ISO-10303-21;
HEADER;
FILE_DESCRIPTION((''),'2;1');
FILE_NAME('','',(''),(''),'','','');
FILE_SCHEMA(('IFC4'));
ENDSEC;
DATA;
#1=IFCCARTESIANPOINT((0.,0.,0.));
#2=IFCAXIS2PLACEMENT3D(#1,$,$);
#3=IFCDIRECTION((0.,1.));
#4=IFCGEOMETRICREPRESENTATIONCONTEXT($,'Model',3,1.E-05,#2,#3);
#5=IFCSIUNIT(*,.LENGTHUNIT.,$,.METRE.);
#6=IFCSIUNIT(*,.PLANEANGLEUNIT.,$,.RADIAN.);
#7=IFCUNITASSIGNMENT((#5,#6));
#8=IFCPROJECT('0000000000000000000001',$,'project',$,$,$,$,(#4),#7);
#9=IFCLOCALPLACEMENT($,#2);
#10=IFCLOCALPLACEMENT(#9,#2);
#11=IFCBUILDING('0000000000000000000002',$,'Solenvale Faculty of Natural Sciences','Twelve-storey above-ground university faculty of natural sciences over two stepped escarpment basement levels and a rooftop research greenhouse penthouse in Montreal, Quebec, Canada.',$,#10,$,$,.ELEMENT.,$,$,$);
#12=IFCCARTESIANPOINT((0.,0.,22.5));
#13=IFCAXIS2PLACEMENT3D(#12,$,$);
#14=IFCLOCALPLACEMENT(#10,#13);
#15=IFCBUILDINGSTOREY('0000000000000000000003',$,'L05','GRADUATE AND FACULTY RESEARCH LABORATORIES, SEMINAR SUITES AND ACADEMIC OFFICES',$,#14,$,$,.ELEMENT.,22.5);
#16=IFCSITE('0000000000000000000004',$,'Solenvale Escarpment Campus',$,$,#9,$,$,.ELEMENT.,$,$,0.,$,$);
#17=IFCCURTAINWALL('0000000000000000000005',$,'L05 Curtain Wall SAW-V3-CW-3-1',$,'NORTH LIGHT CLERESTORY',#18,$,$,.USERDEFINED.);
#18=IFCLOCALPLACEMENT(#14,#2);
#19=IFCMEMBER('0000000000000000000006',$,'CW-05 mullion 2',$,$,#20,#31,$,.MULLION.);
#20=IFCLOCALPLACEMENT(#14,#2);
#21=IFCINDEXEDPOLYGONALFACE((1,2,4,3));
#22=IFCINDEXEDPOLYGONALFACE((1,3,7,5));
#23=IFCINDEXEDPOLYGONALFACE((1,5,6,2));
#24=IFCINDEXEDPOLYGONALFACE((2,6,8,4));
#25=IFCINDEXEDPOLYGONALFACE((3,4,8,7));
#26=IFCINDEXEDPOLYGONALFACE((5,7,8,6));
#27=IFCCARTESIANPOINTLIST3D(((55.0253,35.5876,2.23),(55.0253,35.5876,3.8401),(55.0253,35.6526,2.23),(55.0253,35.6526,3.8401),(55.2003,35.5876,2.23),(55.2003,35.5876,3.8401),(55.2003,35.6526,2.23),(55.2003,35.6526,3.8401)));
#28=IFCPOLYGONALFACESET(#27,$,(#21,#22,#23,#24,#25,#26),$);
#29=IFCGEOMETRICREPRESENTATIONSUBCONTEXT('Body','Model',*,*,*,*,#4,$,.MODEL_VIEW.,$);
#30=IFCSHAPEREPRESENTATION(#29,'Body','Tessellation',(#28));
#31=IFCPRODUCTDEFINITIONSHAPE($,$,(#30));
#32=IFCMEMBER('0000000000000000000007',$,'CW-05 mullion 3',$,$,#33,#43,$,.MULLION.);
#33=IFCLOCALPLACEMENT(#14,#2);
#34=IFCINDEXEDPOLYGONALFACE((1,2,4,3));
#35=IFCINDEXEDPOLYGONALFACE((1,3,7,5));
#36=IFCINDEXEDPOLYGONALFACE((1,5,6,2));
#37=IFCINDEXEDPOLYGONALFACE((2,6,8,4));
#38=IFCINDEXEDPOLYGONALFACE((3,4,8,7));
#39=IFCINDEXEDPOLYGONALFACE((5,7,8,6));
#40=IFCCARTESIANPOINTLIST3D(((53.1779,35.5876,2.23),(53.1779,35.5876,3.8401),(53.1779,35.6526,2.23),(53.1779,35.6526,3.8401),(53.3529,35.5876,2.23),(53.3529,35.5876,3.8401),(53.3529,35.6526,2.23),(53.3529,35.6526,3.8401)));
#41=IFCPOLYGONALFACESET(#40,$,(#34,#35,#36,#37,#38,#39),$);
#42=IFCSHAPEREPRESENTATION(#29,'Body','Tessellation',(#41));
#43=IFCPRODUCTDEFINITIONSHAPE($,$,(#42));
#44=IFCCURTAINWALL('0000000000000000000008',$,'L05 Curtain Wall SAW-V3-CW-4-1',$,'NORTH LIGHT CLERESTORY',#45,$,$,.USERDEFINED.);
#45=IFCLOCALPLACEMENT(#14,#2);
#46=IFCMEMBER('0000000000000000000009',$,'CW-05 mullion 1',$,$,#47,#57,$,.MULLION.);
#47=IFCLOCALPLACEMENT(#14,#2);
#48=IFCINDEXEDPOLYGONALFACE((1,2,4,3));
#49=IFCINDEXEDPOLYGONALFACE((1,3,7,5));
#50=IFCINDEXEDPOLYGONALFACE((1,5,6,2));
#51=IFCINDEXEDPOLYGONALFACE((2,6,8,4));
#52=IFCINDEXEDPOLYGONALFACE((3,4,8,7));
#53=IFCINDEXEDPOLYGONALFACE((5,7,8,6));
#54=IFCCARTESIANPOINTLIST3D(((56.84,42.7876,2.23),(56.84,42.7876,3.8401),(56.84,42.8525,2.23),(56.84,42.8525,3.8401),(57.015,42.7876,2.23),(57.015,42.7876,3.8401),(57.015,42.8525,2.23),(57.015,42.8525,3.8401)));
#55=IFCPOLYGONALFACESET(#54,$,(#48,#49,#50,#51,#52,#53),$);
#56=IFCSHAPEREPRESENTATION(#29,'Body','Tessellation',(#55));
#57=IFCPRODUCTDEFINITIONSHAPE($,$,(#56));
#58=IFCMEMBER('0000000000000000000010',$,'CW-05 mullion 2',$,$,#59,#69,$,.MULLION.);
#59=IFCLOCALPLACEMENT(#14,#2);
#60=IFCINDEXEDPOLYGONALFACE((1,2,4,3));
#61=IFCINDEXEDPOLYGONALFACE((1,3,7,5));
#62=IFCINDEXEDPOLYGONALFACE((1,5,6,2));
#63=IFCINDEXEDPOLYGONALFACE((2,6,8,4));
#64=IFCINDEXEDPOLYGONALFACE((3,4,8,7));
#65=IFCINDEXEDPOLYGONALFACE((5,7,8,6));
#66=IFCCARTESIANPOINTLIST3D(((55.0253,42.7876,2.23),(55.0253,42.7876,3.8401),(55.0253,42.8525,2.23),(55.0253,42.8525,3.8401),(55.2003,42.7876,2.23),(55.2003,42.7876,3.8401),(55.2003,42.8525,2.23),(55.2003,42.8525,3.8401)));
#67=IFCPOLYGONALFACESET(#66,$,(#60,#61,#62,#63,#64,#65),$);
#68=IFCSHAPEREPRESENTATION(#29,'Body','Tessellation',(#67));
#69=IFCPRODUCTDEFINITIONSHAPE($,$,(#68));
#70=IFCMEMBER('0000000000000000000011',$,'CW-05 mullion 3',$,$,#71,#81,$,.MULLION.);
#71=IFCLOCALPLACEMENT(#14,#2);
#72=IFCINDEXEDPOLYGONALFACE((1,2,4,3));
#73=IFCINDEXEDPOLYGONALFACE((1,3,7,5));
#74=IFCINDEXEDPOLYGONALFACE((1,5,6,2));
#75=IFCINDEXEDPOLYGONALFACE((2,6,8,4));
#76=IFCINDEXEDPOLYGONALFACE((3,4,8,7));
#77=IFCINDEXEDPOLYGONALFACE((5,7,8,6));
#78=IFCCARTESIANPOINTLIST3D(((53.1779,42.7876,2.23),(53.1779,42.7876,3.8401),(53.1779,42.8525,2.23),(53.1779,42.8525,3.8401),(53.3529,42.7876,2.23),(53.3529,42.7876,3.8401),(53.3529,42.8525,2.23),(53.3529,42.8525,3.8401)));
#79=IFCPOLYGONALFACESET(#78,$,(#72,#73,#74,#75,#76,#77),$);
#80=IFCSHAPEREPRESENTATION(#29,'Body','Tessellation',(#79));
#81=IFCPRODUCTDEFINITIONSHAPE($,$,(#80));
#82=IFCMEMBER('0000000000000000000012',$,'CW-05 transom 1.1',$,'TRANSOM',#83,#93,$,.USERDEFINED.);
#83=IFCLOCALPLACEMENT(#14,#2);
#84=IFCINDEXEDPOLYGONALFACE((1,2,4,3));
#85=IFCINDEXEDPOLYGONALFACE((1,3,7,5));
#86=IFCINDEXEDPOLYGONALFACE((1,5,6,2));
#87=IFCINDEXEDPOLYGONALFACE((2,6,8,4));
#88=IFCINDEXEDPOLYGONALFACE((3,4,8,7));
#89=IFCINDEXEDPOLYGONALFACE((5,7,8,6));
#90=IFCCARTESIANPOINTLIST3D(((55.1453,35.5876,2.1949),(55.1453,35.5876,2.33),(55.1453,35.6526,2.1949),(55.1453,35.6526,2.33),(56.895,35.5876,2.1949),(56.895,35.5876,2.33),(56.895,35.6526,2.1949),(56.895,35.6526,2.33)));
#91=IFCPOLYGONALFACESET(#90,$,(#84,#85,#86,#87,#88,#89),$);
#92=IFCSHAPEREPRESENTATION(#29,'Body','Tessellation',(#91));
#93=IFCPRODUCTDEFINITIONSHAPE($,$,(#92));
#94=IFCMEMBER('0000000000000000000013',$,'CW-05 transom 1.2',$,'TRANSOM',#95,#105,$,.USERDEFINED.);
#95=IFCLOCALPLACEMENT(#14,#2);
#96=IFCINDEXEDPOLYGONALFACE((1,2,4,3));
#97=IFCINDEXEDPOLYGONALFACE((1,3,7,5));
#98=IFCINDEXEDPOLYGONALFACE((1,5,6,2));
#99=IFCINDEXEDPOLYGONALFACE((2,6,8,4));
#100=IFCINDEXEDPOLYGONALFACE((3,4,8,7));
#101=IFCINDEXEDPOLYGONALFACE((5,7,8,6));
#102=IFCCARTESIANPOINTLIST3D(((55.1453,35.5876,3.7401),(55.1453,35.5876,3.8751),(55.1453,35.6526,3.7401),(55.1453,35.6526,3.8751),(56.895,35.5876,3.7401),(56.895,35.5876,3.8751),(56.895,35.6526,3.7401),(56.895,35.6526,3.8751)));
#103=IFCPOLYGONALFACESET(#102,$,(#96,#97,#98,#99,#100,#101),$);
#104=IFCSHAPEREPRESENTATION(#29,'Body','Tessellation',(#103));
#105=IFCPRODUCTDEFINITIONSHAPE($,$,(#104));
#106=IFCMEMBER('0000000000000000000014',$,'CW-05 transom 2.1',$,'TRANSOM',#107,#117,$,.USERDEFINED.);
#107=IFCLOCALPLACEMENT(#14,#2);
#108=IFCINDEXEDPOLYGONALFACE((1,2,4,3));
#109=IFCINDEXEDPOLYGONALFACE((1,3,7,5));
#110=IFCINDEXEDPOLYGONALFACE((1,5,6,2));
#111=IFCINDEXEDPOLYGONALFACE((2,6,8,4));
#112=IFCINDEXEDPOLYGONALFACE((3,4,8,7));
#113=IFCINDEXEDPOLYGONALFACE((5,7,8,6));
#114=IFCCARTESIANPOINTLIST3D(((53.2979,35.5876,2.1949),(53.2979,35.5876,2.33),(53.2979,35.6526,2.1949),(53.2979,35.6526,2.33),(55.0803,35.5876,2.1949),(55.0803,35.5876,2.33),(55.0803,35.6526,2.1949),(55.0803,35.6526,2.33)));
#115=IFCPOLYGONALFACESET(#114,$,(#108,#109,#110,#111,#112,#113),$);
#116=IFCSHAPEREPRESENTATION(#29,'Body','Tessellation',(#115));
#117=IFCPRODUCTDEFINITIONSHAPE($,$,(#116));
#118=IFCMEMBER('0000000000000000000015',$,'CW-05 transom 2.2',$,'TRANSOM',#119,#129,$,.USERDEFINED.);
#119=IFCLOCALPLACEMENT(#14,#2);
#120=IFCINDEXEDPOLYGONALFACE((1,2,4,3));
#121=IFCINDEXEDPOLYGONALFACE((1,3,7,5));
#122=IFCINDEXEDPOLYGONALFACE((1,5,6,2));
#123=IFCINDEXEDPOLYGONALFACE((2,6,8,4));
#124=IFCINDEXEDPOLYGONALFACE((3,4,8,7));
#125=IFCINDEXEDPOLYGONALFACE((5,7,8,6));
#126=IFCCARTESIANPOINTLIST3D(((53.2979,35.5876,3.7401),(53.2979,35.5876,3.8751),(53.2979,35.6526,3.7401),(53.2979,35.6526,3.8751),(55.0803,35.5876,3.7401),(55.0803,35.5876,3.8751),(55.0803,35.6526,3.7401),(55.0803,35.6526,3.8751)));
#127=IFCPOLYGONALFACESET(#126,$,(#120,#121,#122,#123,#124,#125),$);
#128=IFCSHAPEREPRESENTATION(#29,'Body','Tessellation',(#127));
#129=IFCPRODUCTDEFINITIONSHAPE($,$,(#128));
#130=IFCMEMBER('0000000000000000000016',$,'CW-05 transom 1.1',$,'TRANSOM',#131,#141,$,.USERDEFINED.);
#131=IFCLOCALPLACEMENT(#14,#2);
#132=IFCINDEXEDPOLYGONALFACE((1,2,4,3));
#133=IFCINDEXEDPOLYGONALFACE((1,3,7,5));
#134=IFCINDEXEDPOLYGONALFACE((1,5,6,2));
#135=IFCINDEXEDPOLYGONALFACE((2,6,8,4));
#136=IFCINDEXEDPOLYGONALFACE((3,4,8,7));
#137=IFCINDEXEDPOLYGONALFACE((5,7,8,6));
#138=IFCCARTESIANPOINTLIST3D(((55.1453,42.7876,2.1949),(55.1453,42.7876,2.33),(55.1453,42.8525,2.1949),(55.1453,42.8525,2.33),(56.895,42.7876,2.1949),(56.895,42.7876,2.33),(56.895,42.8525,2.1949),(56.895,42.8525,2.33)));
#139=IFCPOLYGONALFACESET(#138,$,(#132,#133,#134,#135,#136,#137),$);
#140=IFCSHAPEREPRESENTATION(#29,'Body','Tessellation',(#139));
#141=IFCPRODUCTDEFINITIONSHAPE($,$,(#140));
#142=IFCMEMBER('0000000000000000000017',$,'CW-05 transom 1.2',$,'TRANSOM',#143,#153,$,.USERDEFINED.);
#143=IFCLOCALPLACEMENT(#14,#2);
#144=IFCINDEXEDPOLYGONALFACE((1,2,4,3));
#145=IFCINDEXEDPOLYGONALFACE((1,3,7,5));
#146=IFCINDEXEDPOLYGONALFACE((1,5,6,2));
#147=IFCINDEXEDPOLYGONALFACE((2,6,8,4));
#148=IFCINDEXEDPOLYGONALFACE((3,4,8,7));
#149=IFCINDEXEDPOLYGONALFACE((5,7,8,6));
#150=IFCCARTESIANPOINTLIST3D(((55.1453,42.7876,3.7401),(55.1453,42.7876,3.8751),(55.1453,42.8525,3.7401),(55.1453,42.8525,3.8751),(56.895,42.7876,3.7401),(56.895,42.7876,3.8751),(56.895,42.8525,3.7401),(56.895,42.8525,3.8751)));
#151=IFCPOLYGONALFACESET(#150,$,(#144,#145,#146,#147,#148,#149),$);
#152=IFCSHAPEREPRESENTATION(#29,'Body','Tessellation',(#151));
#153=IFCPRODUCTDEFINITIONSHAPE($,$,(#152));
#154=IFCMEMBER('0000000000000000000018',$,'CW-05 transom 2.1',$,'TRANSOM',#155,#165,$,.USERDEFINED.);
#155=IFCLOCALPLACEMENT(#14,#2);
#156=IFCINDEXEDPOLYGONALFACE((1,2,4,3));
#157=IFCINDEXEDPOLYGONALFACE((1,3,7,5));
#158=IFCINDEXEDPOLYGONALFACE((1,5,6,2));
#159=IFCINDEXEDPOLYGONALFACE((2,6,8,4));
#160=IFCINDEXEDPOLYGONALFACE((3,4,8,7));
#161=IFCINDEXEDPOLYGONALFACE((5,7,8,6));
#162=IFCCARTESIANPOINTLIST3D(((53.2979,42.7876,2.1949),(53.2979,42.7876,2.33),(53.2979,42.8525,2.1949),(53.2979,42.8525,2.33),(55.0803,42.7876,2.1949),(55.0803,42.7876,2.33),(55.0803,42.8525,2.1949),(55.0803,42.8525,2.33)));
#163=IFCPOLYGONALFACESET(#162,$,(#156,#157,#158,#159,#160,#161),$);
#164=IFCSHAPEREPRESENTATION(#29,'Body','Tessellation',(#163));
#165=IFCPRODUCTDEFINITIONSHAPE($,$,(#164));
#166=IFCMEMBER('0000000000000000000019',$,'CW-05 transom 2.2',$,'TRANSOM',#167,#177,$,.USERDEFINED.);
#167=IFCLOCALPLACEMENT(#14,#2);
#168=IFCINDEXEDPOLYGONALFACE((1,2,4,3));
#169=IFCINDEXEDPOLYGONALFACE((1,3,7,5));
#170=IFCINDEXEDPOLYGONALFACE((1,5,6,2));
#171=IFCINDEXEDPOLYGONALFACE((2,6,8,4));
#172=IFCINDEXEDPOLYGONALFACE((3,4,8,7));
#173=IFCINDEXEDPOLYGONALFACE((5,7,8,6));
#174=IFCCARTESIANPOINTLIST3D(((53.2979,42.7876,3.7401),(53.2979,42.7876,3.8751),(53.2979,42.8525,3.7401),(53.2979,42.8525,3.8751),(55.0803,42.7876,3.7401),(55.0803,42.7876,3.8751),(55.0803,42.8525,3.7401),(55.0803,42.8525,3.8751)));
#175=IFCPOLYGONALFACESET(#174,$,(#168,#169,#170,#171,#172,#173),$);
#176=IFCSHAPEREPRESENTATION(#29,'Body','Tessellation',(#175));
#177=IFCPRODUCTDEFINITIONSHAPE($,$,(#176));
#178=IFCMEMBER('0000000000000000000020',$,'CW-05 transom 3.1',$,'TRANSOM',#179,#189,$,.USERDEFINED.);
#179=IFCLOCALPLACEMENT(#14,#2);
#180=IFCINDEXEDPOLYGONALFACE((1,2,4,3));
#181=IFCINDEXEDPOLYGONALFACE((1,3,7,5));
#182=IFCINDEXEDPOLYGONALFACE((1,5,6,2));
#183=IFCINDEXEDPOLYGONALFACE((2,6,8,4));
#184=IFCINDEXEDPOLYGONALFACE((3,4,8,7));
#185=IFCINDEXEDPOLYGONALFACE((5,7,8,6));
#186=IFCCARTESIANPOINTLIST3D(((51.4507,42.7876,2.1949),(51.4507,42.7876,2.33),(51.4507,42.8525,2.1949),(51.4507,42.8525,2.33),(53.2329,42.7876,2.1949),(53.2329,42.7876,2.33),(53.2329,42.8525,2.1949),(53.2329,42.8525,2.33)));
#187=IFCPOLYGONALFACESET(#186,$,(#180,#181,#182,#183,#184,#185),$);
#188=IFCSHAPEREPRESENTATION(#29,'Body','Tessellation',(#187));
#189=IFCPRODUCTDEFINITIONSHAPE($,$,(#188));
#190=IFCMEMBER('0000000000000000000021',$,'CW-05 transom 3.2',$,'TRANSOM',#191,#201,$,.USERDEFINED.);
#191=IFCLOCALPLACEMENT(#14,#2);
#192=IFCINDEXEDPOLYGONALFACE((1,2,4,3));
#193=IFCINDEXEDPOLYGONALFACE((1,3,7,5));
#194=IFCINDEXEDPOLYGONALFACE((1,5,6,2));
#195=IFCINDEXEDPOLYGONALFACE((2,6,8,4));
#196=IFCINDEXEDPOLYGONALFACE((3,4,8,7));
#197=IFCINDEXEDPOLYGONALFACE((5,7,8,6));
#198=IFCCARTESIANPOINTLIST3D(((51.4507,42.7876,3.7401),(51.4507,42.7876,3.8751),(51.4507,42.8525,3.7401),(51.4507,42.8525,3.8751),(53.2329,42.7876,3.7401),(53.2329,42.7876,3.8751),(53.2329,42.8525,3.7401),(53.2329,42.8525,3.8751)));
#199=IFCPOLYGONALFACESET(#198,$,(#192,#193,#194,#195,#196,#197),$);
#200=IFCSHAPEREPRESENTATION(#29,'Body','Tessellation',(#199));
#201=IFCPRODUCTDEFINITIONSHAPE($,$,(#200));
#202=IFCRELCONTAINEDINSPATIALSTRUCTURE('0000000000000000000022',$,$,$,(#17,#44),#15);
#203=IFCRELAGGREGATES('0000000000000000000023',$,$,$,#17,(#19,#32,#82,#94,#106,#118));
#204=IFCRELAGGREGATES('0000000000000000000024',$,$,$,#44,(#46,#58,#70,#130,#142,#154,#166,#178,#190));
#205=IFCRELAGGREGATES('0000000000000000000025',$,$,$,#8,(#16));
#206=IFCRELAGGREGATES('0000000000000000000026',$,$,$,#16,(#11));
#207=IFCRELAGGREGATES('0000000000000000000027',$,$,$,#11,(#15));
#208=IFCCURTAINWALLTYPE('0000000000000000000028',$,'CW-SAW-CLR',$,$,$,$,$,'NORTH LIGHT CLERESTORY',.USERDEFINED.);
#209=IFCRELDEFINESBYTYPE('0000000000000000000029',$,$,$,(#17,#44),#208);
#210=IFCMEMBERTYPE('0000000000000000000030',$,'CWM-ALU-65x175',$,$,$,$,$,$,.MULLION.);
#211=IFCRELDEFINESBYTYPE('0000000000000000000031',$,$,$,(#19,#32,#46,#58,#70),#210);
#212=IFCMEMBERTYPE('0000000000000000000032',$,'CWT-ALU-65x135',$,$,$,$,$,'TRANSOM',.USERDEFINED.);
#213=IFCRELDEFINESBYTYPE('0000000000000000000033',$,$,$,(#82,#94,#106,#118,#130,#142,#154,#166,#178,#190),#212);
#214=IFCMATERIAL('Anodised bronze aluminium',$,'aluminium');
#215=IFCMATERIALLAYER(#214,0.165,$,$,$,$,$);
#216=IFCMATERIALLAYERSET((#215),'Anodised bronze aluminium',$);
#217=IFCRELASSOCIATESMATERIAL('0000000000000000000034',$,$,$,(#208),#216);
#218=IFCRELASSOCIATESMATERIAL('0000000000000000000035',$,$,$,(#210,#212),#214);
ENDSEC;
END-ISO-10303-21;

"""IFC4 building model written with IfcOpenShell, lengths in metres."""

from ifc_helpers import new_model, si_unit, direction, frame, origin, origin_2d, place, context, subcontext, project, spatial, rectangle, extrude, material, layer, layer_set, material_profile, profile_set, type_object, element, aggregate, save


model = new_model("IFC4")

# Units and contexts
model_context = context("Model", 3, precision=1e-05, world=origin(), true_north=direction((0.0, 1.0)))
body_context = subcontext(model_context, "Body", "Model", "MODEL_VIEW")
ifc_project = project(units=[si_unit("LENGTHUNIT", "METRE"), si_unit("PLANEANGLEUNIT", "RADIAN")], contexts=[model_context])

# Site, building, storey
site_placement = place(None, origin())
site = spatial("IfcSite", under=ifc_project, at=site_placement, Name="Solenvale Escarpment Campus", CompositionType="ELEMENT", RefElevation=0.0)
building_placement = place(site_placement, origin())
building = spatial("IfcBuilding", under=site, at=building_placement, Name="Solenvale Faculty of Natural Sciences", Description="Twelve-storey above-ground university faculty of natural sciences over two stepped escarpment basement levels and a rooftop research greenhouse penthouse in Montreal, Quebec, Canada.", CompositionType="ELEMENT")
storey_placement = place(building_placement, frame((0.0, 0.0, 22.5)))
storey = spatial("IfcBuildingStorey", under=building, at=storey_placement, Name="L05", Description="GRADUATE AND FACULTY RESEARCH LABORATORIES, SEMINAR SUITES AND ACADEMIC OFFICES", CompositionType="ELEMENT", Elevation=22.5)

# Curtain walls, members
ifc_material_1 = material(Name="Anodised bronze aluminium", Category="aluminium")
ifc_layer_1 = layer(ifc_material_1, 0.165)
ifc_layer_set_1 = layer_set([ifc_layer_1], Name="Anodised bronze aluminium")
curtain_wall_type = type_object("IfcCurtainWallType", Name="CW-SAW-CLR", ElementType="NORTH LIGHT CLERESTORY", PredefinedType="USERDEFINED", material=ifc_layer_set_1)
curtain_wall_1_placement = place(storey_placement, origin())
curtain_wall_1 = element("IfcCurtainWall", 1, at=curtain_wall_1_placement, inside=storey, type_object=curtain_wall_type, Name="L05 Curtain Wall SAW-V3-CW-3-1", ObjectType="NORTH LIGHT CLERESTORY", PredefinedType="USERDEFINED")
ifc_material_profile_1 = material_profile(ifc_material_1, rectangle(XDim=0.0649, YDim=0.175, at=origin_2d()), Name="ALU-MUL-65x175")
ifc_profile_set_1 = profile_set([ifc_material_profile_1], Name="Anodised bronze aluminium")
member_type_1 = type_object("IfcMemberType", Name="CWM-ALU-65x175", PredefinedType="MULLION", material=ifc_profile_set_1)
member_1_placement = place(storey_placement, frame((55.1128, 35.6201, 2.23), z_axis=(0.0, 0.0, 1.0), x_axis=(0.0, -1.0, 0.0)))
member_1 = element("IfcMember", 2, at=member_1_placement, type_object=member_type_1, Name="CW-05 mullion 2", PredefinedType="MULLION", context=body_context, shape_type="SweptSolid", body=[
    extrude(rectangle(XDim=0.0649, YDim=0.175, at=origin_2d()), origin(), (0.0, 0.0, 1.0), 1.6101),
])
member_2_placement = place(storey_placement, frame((53.2654, 35.6201, 2.23), z_axis=(0.0, 0.0, 1.0), x_axis=(0.0, -1.0, 0.0)))
member_2 = element("IfcMember", 3, at=member_2_placement, type_object=member_type_1, Name="CW-05 mullion 3", PredefinedType="MULLION", context=body_context, shape_type="SweptSolid", body=[
    extrude(rectangle(XDim=0.0649, YDim=0.175, at=origin_2d()), origin(), (0.0, 0.0, 1.0), 1.6101),
])
curtain_wall_2_placement = place(storey_placement, origin())
curtain_wall_2 = element("IfcCurtainWall", 4, at=curtain_wall_2_placement, inside=storey, type_object=curtain_wall_type, Name="L05 Curtain Wall SAW-V3-CW-4-1", ObjectType="NORTH LIGHT CLERESTORY", PredefinedType="USERDEFINED")
member_3_placement = place(storey_placement, frame((56.9275, 42.8201, 2.23), z_axis=(0.0, 0.0, 1.0), x_axis=(0.0, -1.0, 0.0)))
member_3 = element("IfcMember", 5, at=member_3_placement, type_object=member_type_1, Name="CW-05 mullion 1", PredefinedType="MULLION", context=body_context, shape_type="SweptSolid", body=[
    extrude(rectangle(XDim=0.0649, YDim=0.175, at=origin_2d()), origin(), (0.0, 0.0, 1.0), 1.6101),
])
member_4_placement = place(storey_placement, frame((55.1128, 42.8201, 2.23), z_axis=(0.0, 0.0, 1.0), x_axis=(0.0, -1.0, 0.0)))
member_4 = element("IfcMember", 6, at=member_4_placement, type_object=member_type_1, Name="CW-05 mullion 2", PredefinedType="MULLION", context=body_context, shape_type="SweptSolid", body=[
    extrude(rectangle(XDim=0.0649, YDim=0.175, at=origin_2d()), origin(), (0.0, 0.0, 1.0), 1.6101),
])
member_5_placement = place(storey_placement, frame((53.2654, 42.8201, 2.23), z_axis=(0.0, 0.0, 1.0), x_axis=(0.0, -1.0, 0.0)))
member_5 = element("IfcMember", 7, at=member_5_placement, type_object=member_type_1, Name="CW-05 mullion 3", PredefinedType="MULLION", context=body_context, shape_type="SweptSolid", body=[
    extrude(rectangle(XDim=0.0649, YDim=0.175, at=origin_2d()), origin(), (0.0, 0.0, 1.0), 1.6101),
])

# Members
ifc_material_profile_2 = material_profile(ifc_material_1, rectangle(XDim=0.0649, YDim=0.135, at=origin_2d()), Name="ALU-TRN-65x135")
ifc_profile_set_2 = profile_set([ifc_material_profile_2], Name="Anodised bronze aluminium")
member_type_2 = type_object("IfcMemberType", Name="CWT-ALU-65x135", ElementType="TRANSOM", PredefinedType="USERDEFINED", material=ifc_profile_set_2)
member_6_placement = place(storey_placement, frame((56.895, 35.6201, 2.2625), z_axis=(-1.0, 0.0, 0.0), x_axis=(0.0, -1.0, 0.0)))
member_6 = element("IfcMember", 8, at=member_6_placement, type_object=member_type_2, Name="CW-05 transom 1.1", ObjectType="TRANSOM", PredefinedType="USERDEFINED", context=body_context, shape_type="SweptSolid", body=[
    extrude(rectangle(XDim=0.0649, YDim=0.135, at=origin_2d()), origin(), (0.0, 0.0, 1.0), 1.7498),
])
member_7_placement = place(storey_placement, frame((56.895, 35.6201, 3.8076), z_axis=(-1.0, 0.0, 0.0), x_axis=(0.0, -1.0, 0.0)))
member_7 = element("IfcMember", 9, at=member_7_placement, type_object=member_type_2, Name="CW-05 transom 1.2", ObjectType="TRANSOM", PredefinedType="USERDEFINED", context=body_context, shape_type="SweptSolid", body=[
    extrude(rectangle(XDim=0.0649, YDim=0.135, at=origin_2d()), origin(), (0.0, 0.0, 1.0), 1.7498),
])
member_8_placement = place(storey_placement, frame((55.0803, 35.6201, 2.2625), z_axis=(-1.0, 0.0, 0.0), x_axis=(0.0, -1.0, 0.0)))
member_8 = element("IfcMember", 10, at=member_8_placement, type_object=member_type_2, Name="CW-05 transom 2.1", ObjectType="TRANSOM", PredefinedType="USERDEFINED", context=body_context, shape_type="SweptSolid", body=[
    extrude(rectangle(XDim=0.0649, YDim=0.135, at=origin_2d()), origin(), (0.0, 0.0, 1.0), 1.7825),
])
member_9_placement = place(storey_placement, frame((55.0803, 35.6201, 3.8076), z_axis=(-1.0, 0.0, 0.0), x_axis=(0.0, -1.0, 0.0)))
member_9 = element("IfcMember", 11, at=member_9_placement, type_object=member_type_2, Name="CW-05 transom 2.2", ObjectType="TRANSOM", PredefinedType="USERDEFINED", context=body_context, shape_type="SweptSolid", body=[
    extrude(rectangle(XDim=0.0649, YDim=0.135, at=origin_2d()), origin(), (0.0, 0.0, 1.0), 1.7825),
])
member_10_placement = place(storey_placement, frame((56.895, 42.8201, 2.2625), z_axis=(-1.0, 0.0, 0.0), x_axis=(0.0, -1.0, 0.0)))
member_10 = element("IfcMember", 12, at=member_10_placement, type_object=member_type_2, Name="CW-05 transom 1.1", ObjectType="TRANSOM", PredefinedType="USERDEFINED", context=body_context, shape_type="SweptSolid", body=[
    extrude(rectangle(XDim=0.0649, YDim=0.135, at=origin_2d()), origin(), (0.0, 0.0, 1.0), 1.7498),
])
member_11_placement = place(storey_placement, frame((56.895, 42.8201, 3.8076), z_axis=(-1.0, 0.0, 0.0), x_axis=(0.0, -1.0, 0.0)))
member_11 = element("IfcMember", 13, at=member_11_placement, type_object=member_type_2, Name="CW-05 transom 1.2", ObjectType="TRANSOM", PredefinedType="USERDEFINED", context=body_context, shape_type="SweptSolid", body=[
    extrude(rectangle(XDim=0.0649, YDim=0.135, at=origin_2d()), origin(), (0.0, 0.0, 1.0), 1.7498),
])
member_12_placement = place(storey_placement, frame((55.0803, 42.8201, 2.2625), z_axis=(-1.0, 0.0, 0.0), x_axis=(0.0, -1.0, 0.0)))
member_12 = element("IfcMember", 14, at=member_12_placement, type_object=member_type_2, Name="CW-05 transom 2.1", ObjectType="TRANSOM", PredefinedType="USERDEFINED", context=body_context, shape_type="SweptSolid", body=[
    extrude(rectangle(XDim=0.0649, YDim=0.135, at=origin_2d()), origin(), (0.0, 0.0, 1.0), 1.7825),
])
member_13_placement = place(storey_placement, frame((55.0803, 42.8201, 3.8076), z_axis=(-1.0, 0.0, 0.0), x_axis=(0.0, -1.0, 0.0)))
member_13 = element("IfcMember", 15, at=member_13_placement, type_object=member_type_2, Name="CW-05 transom 2.2", ObjectType="TRANSOM", PredefinedType="USERDEFINED", context=body_context, shape_type="SweptSolid", body=[
    extrude(rectangle(XDim=0.0649, YDim=0.135, at=origin_2d()), origin(), (0.0, 0.0, 1.0), 1.7825),
])
member_14_placement = place(storey_placement, frame((53.2329, 42.8201, 2.2625), z_axis=(-1.0, 0.0, 0.0), x_axis=(0.0, -1.0, 0.0)))
member_14 = element("IfcMember", 16, at=member_14_placement, type_object=member_type_2, Name="CW-05 transom 3.1", ObjectType="TRANSOM", PredefinedType="USERDEFINED", context=body_context, shape_type="SweptSolid", body=[
    extrude(rectangle(XDim=0.0649, YDim=0.135, at=origin_2d()), origin(), (0.0, 0.0, 1.0), 1.7822),
])
member_15_placement = place(storey_placement, frame((53.2329, 42.8201, 3.8076), z_axis=(-1.0, 0.0, 0.0), x_axis=(0.0, -1.0, 0.0)))
member_15 = element("IfcMember", 17, at=member_15_placement, type_object=member_type_2, Name="CW-05 transom 3.2", ObjectType="TRANSOM", PredefinedType="USERDEFINED", context=body_context, shape_type="SweptSolid", body=[
    extrude(rectangle(XDim=0.0649, YDim=0.135, at=origin_2d()), origin(), (0.0, 0.0, 1.0), 1.7822),
])

aggregate(curtain_wall_1, [member_1, member_2, member_6, member_7, member_8, member_9])
aggregate(curtain_wall_2, [member_3, member_4, member_5, member_10, member_11, member_12, member_13, member_14, member_15])

save(model, "model.ifc")
